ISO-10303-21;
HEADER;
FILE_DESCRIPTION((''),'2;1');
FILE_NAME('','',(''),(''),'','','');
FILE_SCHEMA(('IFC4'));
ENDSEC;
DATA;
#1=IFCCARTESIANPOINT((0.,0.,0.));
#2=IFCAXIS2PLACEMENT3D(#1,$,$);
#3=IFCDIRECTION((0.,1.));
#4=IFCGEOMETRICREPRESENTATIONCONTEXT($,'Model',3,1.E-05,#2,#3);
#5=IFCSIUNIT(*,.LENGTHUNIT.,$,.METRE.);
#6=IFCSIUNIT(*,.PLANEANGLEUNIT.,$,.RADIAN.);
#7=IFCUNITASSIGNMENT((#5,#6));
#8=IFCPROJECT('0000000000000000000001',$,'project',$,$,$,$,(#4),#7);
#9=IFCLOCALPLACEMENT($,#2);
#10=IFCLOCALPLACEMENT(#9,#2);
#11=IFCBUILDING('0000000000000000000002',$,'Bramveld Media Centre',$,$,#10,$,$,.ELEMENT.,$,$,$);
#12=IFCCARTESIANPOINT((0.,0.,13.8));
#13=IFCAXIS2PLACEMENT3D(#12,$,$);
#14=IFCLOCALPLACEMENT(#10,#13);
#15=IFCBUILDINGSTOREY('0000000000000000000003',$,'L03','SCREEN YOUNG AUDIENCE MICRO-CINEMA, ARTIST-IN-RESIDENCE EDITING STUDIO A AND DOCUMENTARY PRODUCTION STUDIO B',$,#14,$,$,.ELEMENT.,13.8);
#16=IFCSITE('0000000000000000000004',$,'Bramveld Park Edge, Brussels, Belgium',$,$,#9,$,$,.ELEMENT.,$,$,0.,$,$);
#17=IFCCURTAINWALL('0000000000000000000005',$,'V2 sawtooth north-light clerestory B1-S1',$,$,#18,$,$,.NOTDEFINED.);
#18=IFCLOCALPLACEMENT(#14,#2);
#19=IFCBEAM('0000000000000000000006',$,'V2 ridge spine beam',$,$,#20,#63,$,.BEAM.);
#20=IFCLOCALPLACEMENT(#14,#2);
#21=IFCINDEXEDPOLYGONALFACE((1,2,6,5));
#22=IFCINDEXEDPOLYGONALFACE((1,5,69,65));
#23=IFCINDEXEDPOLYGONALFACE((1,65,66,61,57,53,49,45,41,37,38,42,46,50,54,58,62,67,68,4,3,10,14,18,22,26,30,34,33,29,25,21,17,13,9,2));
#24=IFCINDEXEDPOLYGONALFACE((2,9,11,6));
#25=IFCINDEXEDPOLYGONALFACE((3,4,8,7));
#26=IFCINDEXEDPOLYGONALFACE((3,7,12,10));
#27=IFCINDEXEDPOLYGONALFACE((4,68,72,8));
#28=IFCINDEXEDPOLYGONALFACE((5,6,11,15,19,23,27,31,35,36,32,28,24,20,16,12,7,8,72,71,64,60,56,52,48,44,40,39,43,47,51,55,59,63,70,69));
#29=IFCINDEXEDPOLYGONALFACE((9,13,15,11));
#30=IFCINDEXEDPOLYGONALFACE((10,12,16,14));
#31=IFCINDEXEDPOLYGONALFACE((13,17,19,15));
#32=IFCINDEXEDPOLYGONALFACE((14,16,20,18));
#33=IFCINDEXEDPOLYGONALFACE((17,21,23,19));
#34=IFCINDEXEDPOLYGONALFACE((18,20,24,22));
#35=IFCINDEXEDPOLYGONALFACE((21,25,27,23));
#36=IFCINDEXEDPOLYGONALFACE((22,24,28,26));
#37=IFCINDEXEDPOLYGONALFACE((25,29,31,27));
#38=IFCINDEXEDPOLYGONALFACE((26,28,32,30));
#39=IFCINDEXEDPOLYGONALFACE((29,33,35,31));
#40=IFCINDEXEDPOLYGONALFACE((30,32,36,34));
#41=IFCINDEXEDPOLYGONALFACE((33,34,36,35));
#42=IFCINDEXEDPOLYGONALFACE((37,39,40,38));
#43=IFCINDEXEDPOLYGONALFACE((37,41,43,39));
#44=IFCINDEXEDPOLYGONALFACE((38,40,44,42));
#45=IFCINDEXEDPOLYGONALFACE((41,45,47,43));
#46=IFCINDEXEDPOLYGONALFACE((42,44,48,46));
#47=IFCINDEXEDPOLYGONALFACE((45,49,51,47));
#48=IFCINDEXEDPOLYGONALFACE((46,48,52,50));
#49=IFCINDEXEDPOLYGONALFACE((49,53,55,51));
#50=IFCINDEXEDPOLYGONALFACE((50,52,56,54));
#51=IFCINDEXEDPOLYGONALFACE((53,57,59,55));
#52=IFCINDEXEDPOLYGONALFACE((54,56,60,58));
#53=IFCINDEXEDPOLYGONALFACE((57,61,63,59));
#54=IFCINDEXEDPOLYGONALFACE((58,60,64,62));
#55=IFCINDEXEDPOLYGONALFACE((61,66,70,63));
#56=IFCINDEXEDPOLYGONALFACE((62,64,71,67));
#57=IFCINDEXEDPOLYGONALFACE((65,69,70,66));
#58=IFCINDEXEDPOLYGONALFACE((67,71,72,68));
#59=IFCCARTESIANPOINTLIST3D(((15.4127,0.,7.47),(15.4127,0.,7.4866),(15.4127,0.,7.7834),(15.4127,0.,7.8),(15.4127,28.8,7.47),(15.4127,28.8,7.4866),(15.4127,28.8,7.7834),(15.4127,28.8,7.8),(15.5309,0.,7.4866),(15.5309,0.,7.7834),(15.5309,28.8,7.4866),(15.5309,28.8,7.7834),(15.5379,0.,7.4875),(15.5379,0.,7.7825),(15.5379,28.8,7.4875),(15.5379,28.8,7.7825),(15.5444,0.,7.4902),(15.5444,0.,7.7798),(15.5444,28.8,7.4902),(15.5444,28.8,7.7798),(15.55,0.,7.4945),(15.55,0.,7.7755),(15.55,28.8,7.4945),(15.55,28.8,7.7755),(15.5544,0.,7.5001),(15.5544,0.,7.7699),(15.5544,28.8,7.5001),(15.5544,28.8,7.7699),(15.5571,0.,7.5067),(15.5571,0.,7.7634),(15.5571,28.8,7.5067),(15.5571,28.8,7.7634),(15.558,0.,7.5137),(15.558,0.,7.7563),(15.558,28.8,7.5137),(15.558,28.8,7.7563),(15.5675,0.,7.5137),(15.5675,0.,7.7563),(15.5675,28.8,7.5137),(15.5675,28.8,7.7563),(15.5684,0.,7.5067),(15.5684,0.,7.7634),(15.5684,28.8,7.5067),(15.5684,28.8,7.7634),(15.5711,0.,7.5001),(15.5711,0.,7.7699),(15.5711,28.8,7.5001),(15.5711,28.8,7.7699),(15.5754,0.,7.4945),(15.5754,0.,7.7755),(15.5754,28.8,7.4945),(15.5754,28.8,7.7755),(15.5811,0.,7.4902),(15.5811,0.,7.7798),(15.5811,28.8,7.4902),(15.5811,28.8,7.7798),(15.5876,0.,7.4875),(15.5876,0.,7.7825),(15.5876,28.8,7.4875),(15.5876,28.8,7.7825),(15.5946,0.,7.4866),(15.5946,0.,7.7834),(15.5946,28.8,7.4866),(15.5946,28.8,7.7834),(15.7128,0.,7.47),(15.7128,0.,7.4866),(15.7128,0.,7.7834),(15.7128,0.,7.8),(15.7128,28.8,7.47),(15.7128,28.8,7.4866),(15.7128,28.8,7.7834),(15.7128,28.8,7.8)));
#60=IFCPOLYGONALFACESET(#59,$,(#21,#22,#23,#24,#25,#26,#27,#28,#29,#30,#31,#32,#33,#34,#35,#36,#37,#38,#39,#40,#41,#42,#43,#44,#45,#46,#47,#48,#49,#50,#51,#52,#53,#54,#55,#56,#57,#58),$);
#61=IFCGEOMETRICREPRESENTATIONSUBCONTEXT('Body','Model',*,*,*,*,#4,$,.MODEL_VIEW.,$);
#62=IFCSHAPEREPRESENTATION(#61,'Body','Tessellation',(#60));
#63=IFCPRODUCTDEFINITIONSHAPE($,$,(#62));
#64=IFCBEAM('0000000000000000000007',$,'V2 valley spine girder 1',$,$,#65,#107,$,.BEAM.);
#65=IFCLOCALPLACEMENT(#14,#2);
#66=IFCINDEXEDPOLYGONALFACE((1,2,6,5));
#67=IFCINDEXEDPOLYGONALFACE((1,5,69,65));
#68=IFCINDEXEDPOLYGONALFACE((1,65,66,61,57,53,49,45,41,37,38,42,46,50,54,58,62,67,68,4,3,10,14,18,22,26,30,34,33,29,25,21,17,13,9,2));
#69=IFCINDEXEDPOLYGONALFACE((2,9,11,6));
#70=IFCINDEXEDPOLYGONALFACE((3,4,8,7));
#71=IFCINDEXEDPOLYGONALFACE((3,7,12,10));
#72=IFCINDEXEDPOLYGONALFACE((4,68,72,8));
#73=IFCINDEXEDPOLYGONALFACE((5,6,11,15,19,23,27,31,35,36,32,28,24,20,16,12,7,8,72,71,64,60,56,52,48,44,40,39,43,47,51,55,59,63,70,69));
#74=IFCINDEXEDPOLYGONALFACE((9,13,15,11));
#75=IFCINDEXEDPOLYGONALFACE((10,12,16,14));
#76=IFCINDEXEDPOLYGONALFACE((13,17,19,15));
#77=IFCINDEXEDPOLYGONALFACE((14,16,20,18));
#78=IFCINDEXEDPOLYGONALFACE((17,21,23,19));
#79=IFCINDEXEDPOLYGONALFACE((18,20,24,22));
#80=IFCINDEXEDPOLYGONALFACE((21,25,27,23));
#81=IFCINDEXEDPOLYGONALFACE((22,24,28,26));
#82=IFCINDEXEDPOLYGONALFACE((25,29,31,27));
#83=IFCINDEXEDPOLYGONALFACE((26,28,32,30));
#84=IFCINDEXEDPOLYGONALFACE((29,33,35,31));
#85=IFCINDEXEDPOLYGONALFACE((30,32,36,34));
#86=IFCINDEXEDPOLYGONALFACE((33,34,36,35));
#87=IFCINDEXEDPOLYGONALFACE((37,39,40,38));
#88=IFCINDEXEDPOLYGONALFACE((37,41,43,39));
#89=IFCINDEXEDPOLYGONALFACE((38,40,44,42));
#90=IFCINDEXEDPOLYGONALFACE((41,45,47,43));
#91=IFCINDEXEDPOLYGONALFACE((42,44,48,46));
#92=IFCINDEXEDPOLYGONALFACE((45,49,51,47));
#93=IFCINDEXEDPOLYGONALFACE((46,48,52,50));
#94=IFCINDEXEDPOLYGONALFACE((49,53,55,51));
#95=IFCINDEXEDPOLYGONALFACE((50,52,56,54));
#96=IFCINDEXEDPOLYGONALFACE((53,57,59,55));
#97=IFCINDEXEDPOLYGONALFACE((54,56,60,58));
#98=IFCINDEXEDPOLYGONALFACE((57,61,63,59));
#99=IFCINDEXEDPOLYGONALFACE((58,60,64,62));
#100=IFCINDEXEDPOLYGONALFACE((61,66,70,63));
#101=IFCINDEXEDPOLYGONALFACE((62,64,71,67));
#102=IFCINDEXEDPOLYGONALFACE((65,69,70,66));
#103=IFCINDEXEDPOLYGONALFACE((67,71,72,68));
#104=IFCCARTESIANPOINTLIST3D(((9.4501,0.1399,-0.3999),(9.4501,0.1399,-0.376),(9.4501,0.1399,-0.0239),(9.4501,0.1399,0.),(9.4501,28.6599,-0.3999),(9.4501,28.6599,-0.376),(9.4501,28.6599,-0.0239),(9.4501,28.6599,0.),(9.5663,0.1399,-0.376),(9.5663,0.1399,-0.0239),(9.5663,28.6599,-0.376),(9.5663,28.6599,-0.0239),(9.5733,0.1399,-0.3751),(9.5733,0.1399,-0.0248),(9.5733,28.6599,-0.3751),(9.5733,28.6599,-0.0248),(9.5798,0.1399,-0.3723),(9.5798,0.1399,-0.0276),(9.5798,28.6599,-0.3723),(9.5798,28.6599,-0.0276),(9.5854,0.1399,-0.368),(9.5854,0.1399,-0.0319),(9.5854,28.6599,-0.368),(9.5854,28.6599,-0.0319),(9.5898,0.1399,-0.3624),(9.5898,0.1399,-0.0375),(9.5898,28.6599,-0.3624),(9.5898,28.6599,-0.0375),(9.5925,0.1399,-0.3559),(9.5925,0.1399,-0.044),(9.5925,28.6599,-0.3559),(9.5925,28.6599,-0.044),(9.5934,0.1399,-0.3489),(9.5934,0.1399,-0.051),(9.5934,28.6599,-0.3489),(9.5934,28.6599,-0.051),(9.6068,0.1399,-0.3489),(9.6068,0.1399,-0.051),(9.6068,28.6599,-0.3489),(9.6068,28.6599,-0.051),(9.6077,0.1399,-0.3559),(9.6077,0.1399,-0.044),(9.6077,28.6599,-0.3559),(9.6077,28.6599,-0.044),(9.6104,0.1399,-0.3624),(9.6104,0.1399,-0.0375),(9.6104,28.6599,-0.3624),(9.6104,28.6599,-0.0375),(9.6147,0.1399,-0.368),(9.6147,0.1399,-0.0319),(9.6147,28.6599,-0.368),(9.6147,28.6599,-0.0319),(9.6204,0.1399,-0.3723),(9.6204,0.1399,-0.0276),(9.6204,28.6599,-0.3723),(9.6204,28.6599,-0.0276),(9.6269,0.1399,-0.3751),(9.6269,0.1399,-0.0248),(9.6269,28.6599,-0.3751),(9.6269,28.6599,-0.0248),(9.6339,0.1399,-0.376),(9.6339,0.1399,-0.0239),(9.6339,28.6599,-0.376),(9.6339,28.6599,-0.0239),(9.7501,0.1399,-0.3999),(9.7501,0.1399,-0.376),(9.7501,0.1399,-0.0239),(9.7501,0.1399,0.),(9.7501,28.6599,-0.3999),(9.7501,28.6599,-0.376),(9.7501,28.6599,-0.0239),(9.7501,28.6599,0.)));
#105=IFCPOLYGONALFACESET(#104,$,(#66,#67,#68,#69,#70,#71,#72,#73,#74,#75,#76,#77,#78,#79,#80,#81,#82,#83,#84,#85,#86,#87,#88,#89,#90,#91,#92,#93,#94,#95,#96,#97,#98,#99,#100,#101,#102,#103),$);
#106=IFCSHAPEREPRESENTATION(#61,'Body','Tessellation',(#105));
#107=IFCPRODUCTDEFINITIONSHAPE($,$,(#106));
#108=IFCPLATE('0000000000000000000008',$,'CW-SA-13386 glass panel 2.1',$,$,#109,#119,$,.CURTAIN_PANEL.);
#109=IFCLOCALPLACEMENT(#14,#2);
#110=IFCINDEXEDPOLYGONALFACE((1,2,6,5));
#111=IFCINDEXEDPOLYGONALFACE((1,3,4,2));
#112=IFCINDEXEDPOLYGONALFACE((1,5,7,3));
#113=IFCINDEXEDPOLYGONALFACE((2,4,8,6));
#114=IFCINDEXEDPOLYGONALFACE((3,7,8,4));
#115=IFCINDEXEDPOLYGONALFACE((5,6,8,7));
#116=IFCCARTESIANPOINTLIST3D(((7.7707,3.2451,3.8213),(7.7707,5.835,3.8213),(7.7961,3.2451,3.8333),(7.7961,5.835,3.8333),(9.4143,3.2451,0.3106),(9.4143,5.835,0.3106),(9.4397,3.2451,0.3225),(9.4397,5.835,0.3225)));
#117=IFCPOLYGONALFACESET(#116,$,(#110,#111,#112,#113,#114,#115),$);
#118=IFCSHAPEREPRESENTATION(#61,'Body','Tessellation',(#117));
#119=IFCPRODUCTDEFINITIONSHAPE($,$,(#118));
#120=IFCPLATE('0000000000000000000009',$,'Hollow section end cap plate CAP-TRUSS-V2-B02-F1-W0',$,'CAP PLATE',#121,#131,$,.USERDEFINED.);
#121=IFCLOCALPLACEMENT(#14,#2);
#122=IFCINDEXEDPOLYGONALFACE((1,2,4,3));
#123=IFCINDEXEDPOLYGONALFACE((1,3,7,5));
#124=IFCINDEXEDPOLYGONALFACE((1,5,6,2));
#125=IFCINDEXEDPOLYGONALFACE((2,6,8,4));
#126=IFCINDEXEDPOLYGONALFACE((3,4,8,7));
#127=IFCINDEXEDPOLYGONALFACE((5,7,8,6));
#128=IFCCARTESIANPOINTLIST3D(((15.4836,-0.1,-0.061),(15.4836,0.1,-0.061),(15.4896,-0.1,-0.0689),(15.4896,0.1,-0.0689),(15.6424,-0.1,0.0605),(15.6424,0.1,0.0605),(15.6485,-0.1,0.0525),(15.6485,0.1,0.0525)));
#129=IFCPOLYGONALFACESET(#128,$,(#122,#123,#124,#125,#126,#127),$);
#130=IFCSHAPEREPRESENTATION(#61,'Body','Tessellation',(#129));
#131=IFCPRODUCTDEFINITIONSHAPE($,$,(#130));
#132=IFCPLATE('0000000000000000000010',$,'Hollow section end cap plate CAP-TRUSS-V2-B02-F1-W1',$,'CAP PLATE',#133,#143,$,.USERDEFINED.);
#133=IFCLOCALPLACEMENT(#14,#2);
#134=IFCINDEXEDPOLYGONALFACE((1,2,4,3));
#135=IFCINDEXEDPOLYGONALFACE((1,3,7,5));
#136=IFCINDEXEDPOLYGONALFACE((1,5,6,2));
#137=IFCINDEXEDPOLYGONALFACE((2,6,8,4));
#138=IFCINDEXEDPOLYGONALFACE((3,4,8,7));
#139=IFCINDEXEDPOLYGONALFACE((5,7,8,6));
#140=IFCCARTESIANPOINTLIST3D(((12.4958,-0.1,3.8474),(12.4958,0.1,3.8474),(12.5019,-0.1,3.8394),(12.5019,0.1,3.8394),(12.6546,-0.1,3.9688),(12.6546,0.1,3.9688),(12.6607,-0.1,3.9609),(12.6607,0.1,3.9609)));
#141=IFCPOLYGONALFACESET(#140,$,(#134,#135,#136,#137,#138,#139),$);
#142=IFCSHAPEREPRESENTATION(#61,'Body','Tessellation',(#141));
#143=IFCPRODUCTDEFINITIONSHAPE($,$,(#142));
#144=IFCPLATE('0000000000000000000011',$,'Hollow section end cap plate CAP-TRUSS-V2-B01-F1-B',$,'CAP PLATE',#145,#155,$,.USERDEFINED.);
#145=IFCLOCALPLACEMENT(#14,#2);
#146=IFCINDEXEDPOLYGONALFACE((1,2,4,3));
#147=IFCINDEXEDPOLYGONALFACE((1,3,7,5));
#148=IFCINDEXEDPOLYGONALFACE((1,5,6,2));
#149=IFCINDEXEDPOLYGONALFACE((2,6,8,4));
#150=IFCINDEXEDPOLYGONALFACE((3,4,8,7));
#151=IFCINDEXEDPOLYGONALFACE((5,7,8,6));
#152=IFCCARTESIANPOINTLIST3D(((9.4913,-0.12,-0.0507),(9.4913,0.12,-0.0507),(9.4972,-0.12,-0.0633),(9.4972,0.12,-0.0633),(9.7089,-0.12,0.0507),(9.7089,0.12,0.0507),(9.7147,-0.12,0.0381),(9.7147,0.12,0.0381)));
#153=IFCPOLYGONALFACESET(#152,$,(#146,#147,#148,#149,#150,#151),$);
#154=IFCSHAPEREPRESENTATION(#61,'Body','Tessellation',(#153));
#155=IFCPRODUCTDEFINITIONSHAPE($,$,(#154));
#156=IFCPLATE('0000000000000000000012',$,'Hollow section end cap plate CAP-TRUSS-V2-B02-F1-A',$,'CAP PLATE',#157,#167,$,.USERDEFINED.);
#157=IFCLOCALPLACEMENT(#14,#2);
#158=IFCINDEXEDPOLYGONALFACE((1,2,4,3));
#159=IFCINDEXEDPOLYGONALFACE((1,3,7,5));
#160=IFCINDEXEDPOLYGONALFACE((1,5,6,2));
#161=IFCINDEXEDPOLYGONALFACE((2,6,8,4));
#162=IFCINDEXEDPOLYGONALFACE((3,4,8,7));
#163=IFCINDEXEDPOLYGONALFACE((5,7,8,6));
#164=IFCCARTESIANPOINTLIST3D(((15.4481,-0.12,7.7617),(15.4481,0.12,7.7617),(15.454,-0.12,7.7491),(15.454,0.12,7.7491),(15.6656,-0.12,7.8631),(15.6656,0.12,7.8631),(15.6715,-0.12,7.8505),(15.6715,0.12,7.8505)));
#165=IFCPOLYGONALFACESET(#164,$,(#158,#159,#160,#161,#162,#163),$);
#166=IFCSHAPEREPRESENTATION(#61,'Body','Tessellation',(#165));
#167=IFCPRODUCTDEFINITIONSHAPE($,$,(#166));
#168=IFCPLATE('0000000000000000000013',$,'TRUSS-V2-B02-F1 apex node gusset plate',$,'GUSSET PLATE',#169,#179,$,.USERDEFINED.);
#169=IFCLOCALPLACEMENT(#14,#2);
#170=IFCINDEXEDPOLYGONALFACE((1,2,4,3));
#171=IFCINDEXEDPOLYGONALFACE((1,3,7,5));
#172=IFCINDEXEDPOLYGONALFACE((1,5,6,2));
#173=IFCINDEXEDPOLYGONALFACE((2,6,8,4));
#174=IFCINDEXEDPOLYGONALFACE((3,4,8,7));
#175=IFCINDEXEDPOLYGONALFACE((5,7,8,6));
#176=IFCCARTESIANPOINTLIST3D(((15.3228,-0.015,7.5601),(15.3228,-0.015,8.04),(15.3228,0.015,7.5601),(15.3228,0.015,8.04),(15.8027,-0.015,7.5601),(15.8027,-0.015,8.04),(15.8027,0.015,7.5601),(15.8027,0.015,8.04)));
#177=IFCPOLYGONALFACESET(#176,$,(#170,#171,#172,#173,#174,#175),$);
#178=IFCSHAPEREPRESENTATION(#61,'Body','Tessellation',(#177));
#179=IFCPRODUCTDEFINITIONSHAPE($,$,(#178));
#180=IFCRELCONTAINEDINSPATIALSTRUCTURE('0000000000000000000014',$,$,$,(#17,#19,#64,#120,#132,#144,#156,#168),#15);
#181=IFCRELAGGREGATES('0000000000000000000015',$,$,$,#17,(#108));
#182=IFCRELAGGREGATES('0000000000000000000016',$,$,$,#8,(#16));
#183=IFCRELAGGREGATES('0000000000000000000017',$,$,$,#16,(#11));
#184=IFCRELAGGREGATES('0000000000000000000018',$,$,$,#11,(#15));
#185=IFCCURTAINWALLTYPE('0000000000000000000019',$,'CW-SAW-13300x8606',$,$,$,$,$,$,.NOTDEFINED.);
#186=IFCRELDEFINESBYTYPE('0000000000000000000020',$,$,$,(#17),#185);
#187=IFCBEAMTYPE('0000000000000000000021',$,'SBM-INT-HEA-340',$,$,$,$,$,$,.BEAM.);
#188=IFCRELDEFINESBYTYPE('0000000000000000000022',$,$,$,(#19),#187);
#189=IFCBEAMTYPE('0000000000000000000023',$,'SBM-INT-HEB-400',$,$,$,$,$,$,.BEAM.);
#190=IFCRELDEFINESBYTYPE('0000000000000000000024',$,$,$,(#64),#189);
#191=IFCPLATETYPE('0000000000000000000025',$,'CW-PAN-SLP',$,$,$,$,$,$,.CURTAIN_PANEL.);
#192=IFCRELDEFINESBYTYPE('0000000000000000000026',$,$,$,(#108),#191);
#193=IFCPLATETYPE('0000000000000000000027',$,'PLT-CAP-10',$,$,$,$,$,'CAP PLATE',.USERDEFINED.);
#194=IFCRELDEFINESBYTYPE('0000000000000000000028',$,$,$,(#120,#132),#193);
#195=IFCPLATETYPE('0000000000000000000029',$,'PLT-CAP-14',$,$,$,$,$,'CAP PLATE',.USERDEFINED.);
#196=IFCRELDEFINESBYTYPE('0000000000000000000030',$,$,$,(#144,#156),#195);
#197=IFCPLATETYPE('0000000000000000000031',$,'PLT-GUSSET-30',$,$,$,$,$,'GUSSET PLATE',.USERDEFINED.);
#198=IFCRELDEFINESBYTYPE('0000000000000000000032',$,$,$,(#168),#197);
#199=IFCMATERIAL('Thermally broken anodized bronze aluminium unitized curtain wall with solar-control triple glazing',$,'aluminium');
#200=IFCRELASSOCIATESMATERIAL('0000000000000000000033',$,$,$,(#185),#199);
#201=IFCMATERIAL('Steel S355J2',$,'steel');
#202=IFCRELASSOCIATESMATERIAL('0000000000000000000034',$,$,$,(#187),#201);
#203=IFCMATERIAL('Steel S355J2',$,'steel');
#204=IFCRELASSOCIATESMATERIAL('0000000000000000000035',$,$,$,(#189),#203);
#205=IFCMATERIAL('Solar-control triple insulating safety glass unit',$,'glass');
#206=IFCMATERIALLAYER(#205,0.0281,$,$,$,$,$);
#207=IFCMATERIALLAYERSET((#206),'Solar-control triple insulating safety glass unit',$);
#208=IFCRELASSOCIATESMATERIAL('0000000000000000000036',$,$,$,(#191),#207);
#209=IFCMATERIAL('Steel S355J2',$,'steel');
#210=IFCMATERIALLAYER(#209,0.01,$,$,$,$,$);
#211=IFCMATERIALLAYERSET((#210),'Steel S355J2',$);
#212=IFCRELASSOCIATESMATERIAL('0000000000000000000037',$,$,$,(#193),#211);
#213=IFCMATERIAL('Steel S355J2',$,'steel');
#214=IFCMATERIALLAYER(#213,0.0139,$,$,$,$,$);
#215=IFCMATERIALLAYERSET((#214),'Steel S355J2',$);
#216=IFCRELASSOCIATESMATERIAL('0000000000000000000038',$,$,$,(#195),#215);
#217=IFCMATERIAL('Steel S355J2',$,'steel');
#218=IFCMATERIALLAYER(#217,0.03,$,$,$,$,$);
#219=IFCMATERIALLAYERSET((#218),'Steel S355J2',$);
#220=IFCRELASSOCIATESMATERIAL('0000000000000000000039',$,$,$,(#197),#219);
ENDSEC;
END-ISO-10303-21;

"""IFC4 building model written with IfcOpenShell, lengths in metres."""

from ifc_helpers import new_model, si_unit, direction, frame, origin, origin_2d, place, context, subcontext, project, spatial, polyline, rectangle, i_section, outline, extrude, material, layer, layer_set, material_profile, profile_set, type_object, element, aggregate, save


model = new_model("IFC4")

# Units and contexts
model_context = context("Model", 3, precision=1e-05, world=origin(), true_north=direction((0.0, 1.0)))
body_context = subcontext(model_context, "Body", "Model", "MODEL_VIEW")
ifc_project = project(units=[si_unit("LENGTHUNIT", "METRE"), si_unit("PLANEANGLEUNIT", "RADIAN")], contexts=[model_context])

# Site, building, storey
site_placement = place(None, origin())
site = spatial("IfcSite", under=ifc_project, at=site_placement, Name="Bramveld Park Edge, Brussels, Belgium", CompositionType="ELEMENT", RefElevation=0.0)
building_placement = place(site_placement, origin())
building = spatial("IfcBuilding", under=site, at=building_placement, Name="Bramveld Media Centre", CompositionType="ELEMENT")
storey_placement = place(building_placement, frame((0.0, 0.0, 13.8)))
storey = spatial("IfcBuildingStorey", under=building, at=storey_placement, Name="L03", Description="SCREEN YOUNG AUDIENCE MICRO-CINEMA, ARTIST-IN-RESIDENCE EDITING STUDIO A AND DOCUMENTARY PRODUCTION STUDIO B", CompositionType="ELEMENT", Elevation=13.8)

# Curtain wall
ifc_material_1 = material(Name="Thermally broken anodized bronze aluminium unitized curtain wall with solar-control triple glazing", Category="aluminium")
curtain_wall_type = type_object("IfcCurtainWallType", Name="CW-SAW-13300x8606", PredefinedType="NOTDEFINED", material=ifc_material_1)
curtain_wall_1_placement = place(storey_placement, origin())
curtain_wall_1 = element("IfcCurtainWall", 1, at=curtain_wall_1_placement, inside=storey, type_object=curtain_wall_type, Name="V2 sawtooth north-light clerestory B1-S1", PredefinedType="NOTDEFINED")

# Beams
ifc_material_2 = material(Name="Steel S355J2", Category="steel")
ifc_material_profile_1 = material_profile(ifc_material_2, i_section(OverallWidth=0.3, OverallDepth=0.3301, WebThickness=0.0095, FlangeThickness=0.0166, FilletRadius=0.0271, at=origin_2d()), Name="HEA 340")
ifc_profile_set_1 = profile_set([ifc_material_profile_1], Name="Steel S355J2")
beam_type_1 = type_object("IfcBeamType", Name="SBM-INT-HEA-340", PredefinedType="BEAM", material=ifc_profile_set_1)
beam_1_placement = place(storey_placement, frame((15.5627, 0.0, 7.635), z_axis=(0.0, 1.0, 0.0), x_axis=(-1.0, 0.0, 0.0)))
element("IfcBeam", 2, at=beam_1_placement, inside=storey, type_object=beam_type_1, Name="V2 ridge spine beam", PredefinedType="BEAM", context=body_context, shape_type="SweptSolid", body=[
    extrude(i_section(OverallWidth=0.3, OverallDepth=0.3301, WebThickness=0.0095, FlangeThickness=0.0166, FilletRadius=0.0271, at=origin_2d()), origin(), (0.0, 0.0, 1.0), 28.8),
])
ifc_material_3 = material(Name="Steel S355J2", Category="steel")
ifc_material_profile_2 = material_profile(ifc_material_3, i_section(OverallWidth=0.3, OverallDepth=0.3999, WebThickness=0.0134, FlangeThickness=0.0239, FilletRadius=0.0271, at=origin_2d()), Name="HEB 400")
ifc_profile_set_2 = profile_set([ifc_material_profile_2], Name="Steel S355J2")
beam_type_2 = type_object("IfcBeamType", Name="SBM-INT-HEB-400", PredefinedType="BEAM", material=ifc_profile_set_2)
beam_2_placement = place(storey_placement, frame((9.6001, 0.1399, -0.2), z_axis=(0.0, 1.0, 0.0), x_axis=(-1.0, 0.0, 0.0)))
element("IfcBeam", 3, at=beam_2_placement, inside=storey, type_object=beam_type_2, Name="V2 valley spine girder 1", PredefinedType="BEAM", context=body_context, shape_type="SweptSolid", body=[
    extrude(i_section(OverallWidth=0.3, OverallDepth=0.3999, WebThickness=0.0134, FlangeThickness=0.0239, FilletRadius=0.0271, at=origin_2d()), origin(), (0.0, 0.0, 1.0), 28.52),
])

# Plate
ifc_material_4 = material(Name="Solar-control triple insulating safety glass unit", Category="glass")
ifc_layer_1 = layer(ifc_material_4, 0.0281)
ifc_layer_set_1 = layer_set([ifc_layer_1], Name="Solar-control triple insulating safety glass unit")
plate_type_1 = type_object("IfcPlateType", Name="CW-PAN-SLP", PredefinedType="CURTAIN_PANEL", material=ifc_layer_set_1)
plate_1_placement = place(storey_placement, frame((9.4397, 3.2451, 0.3225), z_axis=(0.905668, 0.0, 0.423988), x_axis=(0.0, 1.0, 0.0)))
plate_1 = element("IfcPlate", 4, at=plate_1_placement, type_object=plate_type_1, Name="CW-SA-13386 glass panel 2.1", PredefinedType="CURTAIN_PANEL", context=body_context, shape_type="SweptSolid", body=[
    extrude(outline(polyline([(0.0, 0.0), (2.5898, 0.0), (2.5898, 3.8764), (0.0, 3.8764), (0.0, 0.0)])), origin(), (0.0, 0.0, -1.0), 0.0281),
])
aggregate(curtain_wall_1, [plate_1])

# Plates
ifc_material_5 = material(Name="Steel S355J2", Category="steel")
ifc_layer_2 = layer(ifc_material_5, 0.01)
ifc_layer_set_2 = layer_set([ifc_layer_2], Name="Steel S355J2")
plate_type_2 = type_object("IfcPlateType", Name="PLT-CAP-10", ElementType="CAP PLATE", PredefinedType="USERDEFINED", material=ifc_layer_set_2)
for number, where, z_axis, x_axis, name in (
    (5, (15.563, 0.0, -0.0002), (0.607328, 0.0, -0.794451), (0.0, 1.0, 0.0), "Hollow section end cap plate CAP-TRUSS-V2-B02-F1-W0"),
    (6, (12.5813, 0.0, 3.9001), (-0.607328, 0.0, 0.794451), (0.0, -1.0, 0.0), "Hollow section end cap plate CAP-TRUSS-V2-B02-F1-W1"),
):
    element("IfcPlate", number, at=place(storey_placement, frame(where, z_axis=z_axis, x_axis=x_axis)), inside=storey, type_object=plate_type_2, Name=name, ObjectType="CAP PLATE", PredefinedType="USERDEFINED", context=body_context, shape_type="SweptSolid", body=[
        extrude(rectangle(XDim=0.2, YDim=0.2, at=origin_2d()), origin(), (0.0, 0.0, 1.0), 0.01),
    ])
ifc_material_6 = material(Name="Steel S355J2", Category="steel")
ifc_layer_3 = layer(ifc_material_6, 0.0139)
ifc_layer_set_3 = layer_set([ifc_layer_3], Name="Steel S355J2")
plate_type_3 = type_object("IfcPlateType", Name="PLT-CAP-14", ElementType="CAP PLATE", PredefinedType="USERDEFINED", material=ifc_layer_set_3)
for number, where, z_axis, x_axis, name in (
    (7, (9.6001, 0.0, 0.0), (0.422618, 0.0, -0.906308), (0.0, 1.0, 0.0), "Hollow section end cap plate CAP-TRUSS-V2-B01-F1-B"),
    (8, (15.5627, 0.0, 7.7998), (-0.422618, 0.0, 0.906308), (0.0, -1.0, 0.0), "Hollow section end cap plate CAP-TRUSS-V2-B02-F1-A"),
):
    element("IfcPlate", number, at=place(storey_placement, frame(where, z_axis=z_axis, x_axis=x_axis)), inside=storey, type_object=plate_type_3, Name=name, ObjectType="CAP PLATE", PredefinedType="USERDEFINED", context=body_context, shape_type="SweptSolid", body=[
        extrude(rectangle(XDim=0.24, YDim=0.24, at=origin_2d()), origin(), (0.0, 0.0, 1.0), 0.0139),
    ])
ifc_material_7 = material(Name="Steel S355J2", Category="steel")
ifc_layer_4 = layer(ifc_material_7, 0.03)
ifc_layer_set_4 = layer_set([ifc_layer_4], Name="Steel S355J2")
plate_type_4 = type_object("IfcPlateType", Name="PLT-GUSSET-30", ElementType="GUSSET PLATE", PredefinedType="USERDEFINED", material=ifc_layer_set_4)
plate_2_placement = place(storey_placement, frame((15.5627, 0.0, 7.5601), z_axis=(0.0, 0.0, 1.0), x_axis=(1.0, 0.0, 0.0)))
element("IfcPlate", 9, at=plate_2_placement, inside=storey, type_object=plate_type_4, Name="TRUSS-V2-B02-F1 apex node gusset plate", ObjectType="GUSSET PLATE", PredefinedType="USERDEFINED", context=body_context, shape_type="SweptSolid", body=[
    extrude(rectangle(XDim=0.48, YDim=0.03, at=origin_2d()), origin(), (0.0, 0.0, 1.0), 0.48),
])

save(model, "model.ifc")
